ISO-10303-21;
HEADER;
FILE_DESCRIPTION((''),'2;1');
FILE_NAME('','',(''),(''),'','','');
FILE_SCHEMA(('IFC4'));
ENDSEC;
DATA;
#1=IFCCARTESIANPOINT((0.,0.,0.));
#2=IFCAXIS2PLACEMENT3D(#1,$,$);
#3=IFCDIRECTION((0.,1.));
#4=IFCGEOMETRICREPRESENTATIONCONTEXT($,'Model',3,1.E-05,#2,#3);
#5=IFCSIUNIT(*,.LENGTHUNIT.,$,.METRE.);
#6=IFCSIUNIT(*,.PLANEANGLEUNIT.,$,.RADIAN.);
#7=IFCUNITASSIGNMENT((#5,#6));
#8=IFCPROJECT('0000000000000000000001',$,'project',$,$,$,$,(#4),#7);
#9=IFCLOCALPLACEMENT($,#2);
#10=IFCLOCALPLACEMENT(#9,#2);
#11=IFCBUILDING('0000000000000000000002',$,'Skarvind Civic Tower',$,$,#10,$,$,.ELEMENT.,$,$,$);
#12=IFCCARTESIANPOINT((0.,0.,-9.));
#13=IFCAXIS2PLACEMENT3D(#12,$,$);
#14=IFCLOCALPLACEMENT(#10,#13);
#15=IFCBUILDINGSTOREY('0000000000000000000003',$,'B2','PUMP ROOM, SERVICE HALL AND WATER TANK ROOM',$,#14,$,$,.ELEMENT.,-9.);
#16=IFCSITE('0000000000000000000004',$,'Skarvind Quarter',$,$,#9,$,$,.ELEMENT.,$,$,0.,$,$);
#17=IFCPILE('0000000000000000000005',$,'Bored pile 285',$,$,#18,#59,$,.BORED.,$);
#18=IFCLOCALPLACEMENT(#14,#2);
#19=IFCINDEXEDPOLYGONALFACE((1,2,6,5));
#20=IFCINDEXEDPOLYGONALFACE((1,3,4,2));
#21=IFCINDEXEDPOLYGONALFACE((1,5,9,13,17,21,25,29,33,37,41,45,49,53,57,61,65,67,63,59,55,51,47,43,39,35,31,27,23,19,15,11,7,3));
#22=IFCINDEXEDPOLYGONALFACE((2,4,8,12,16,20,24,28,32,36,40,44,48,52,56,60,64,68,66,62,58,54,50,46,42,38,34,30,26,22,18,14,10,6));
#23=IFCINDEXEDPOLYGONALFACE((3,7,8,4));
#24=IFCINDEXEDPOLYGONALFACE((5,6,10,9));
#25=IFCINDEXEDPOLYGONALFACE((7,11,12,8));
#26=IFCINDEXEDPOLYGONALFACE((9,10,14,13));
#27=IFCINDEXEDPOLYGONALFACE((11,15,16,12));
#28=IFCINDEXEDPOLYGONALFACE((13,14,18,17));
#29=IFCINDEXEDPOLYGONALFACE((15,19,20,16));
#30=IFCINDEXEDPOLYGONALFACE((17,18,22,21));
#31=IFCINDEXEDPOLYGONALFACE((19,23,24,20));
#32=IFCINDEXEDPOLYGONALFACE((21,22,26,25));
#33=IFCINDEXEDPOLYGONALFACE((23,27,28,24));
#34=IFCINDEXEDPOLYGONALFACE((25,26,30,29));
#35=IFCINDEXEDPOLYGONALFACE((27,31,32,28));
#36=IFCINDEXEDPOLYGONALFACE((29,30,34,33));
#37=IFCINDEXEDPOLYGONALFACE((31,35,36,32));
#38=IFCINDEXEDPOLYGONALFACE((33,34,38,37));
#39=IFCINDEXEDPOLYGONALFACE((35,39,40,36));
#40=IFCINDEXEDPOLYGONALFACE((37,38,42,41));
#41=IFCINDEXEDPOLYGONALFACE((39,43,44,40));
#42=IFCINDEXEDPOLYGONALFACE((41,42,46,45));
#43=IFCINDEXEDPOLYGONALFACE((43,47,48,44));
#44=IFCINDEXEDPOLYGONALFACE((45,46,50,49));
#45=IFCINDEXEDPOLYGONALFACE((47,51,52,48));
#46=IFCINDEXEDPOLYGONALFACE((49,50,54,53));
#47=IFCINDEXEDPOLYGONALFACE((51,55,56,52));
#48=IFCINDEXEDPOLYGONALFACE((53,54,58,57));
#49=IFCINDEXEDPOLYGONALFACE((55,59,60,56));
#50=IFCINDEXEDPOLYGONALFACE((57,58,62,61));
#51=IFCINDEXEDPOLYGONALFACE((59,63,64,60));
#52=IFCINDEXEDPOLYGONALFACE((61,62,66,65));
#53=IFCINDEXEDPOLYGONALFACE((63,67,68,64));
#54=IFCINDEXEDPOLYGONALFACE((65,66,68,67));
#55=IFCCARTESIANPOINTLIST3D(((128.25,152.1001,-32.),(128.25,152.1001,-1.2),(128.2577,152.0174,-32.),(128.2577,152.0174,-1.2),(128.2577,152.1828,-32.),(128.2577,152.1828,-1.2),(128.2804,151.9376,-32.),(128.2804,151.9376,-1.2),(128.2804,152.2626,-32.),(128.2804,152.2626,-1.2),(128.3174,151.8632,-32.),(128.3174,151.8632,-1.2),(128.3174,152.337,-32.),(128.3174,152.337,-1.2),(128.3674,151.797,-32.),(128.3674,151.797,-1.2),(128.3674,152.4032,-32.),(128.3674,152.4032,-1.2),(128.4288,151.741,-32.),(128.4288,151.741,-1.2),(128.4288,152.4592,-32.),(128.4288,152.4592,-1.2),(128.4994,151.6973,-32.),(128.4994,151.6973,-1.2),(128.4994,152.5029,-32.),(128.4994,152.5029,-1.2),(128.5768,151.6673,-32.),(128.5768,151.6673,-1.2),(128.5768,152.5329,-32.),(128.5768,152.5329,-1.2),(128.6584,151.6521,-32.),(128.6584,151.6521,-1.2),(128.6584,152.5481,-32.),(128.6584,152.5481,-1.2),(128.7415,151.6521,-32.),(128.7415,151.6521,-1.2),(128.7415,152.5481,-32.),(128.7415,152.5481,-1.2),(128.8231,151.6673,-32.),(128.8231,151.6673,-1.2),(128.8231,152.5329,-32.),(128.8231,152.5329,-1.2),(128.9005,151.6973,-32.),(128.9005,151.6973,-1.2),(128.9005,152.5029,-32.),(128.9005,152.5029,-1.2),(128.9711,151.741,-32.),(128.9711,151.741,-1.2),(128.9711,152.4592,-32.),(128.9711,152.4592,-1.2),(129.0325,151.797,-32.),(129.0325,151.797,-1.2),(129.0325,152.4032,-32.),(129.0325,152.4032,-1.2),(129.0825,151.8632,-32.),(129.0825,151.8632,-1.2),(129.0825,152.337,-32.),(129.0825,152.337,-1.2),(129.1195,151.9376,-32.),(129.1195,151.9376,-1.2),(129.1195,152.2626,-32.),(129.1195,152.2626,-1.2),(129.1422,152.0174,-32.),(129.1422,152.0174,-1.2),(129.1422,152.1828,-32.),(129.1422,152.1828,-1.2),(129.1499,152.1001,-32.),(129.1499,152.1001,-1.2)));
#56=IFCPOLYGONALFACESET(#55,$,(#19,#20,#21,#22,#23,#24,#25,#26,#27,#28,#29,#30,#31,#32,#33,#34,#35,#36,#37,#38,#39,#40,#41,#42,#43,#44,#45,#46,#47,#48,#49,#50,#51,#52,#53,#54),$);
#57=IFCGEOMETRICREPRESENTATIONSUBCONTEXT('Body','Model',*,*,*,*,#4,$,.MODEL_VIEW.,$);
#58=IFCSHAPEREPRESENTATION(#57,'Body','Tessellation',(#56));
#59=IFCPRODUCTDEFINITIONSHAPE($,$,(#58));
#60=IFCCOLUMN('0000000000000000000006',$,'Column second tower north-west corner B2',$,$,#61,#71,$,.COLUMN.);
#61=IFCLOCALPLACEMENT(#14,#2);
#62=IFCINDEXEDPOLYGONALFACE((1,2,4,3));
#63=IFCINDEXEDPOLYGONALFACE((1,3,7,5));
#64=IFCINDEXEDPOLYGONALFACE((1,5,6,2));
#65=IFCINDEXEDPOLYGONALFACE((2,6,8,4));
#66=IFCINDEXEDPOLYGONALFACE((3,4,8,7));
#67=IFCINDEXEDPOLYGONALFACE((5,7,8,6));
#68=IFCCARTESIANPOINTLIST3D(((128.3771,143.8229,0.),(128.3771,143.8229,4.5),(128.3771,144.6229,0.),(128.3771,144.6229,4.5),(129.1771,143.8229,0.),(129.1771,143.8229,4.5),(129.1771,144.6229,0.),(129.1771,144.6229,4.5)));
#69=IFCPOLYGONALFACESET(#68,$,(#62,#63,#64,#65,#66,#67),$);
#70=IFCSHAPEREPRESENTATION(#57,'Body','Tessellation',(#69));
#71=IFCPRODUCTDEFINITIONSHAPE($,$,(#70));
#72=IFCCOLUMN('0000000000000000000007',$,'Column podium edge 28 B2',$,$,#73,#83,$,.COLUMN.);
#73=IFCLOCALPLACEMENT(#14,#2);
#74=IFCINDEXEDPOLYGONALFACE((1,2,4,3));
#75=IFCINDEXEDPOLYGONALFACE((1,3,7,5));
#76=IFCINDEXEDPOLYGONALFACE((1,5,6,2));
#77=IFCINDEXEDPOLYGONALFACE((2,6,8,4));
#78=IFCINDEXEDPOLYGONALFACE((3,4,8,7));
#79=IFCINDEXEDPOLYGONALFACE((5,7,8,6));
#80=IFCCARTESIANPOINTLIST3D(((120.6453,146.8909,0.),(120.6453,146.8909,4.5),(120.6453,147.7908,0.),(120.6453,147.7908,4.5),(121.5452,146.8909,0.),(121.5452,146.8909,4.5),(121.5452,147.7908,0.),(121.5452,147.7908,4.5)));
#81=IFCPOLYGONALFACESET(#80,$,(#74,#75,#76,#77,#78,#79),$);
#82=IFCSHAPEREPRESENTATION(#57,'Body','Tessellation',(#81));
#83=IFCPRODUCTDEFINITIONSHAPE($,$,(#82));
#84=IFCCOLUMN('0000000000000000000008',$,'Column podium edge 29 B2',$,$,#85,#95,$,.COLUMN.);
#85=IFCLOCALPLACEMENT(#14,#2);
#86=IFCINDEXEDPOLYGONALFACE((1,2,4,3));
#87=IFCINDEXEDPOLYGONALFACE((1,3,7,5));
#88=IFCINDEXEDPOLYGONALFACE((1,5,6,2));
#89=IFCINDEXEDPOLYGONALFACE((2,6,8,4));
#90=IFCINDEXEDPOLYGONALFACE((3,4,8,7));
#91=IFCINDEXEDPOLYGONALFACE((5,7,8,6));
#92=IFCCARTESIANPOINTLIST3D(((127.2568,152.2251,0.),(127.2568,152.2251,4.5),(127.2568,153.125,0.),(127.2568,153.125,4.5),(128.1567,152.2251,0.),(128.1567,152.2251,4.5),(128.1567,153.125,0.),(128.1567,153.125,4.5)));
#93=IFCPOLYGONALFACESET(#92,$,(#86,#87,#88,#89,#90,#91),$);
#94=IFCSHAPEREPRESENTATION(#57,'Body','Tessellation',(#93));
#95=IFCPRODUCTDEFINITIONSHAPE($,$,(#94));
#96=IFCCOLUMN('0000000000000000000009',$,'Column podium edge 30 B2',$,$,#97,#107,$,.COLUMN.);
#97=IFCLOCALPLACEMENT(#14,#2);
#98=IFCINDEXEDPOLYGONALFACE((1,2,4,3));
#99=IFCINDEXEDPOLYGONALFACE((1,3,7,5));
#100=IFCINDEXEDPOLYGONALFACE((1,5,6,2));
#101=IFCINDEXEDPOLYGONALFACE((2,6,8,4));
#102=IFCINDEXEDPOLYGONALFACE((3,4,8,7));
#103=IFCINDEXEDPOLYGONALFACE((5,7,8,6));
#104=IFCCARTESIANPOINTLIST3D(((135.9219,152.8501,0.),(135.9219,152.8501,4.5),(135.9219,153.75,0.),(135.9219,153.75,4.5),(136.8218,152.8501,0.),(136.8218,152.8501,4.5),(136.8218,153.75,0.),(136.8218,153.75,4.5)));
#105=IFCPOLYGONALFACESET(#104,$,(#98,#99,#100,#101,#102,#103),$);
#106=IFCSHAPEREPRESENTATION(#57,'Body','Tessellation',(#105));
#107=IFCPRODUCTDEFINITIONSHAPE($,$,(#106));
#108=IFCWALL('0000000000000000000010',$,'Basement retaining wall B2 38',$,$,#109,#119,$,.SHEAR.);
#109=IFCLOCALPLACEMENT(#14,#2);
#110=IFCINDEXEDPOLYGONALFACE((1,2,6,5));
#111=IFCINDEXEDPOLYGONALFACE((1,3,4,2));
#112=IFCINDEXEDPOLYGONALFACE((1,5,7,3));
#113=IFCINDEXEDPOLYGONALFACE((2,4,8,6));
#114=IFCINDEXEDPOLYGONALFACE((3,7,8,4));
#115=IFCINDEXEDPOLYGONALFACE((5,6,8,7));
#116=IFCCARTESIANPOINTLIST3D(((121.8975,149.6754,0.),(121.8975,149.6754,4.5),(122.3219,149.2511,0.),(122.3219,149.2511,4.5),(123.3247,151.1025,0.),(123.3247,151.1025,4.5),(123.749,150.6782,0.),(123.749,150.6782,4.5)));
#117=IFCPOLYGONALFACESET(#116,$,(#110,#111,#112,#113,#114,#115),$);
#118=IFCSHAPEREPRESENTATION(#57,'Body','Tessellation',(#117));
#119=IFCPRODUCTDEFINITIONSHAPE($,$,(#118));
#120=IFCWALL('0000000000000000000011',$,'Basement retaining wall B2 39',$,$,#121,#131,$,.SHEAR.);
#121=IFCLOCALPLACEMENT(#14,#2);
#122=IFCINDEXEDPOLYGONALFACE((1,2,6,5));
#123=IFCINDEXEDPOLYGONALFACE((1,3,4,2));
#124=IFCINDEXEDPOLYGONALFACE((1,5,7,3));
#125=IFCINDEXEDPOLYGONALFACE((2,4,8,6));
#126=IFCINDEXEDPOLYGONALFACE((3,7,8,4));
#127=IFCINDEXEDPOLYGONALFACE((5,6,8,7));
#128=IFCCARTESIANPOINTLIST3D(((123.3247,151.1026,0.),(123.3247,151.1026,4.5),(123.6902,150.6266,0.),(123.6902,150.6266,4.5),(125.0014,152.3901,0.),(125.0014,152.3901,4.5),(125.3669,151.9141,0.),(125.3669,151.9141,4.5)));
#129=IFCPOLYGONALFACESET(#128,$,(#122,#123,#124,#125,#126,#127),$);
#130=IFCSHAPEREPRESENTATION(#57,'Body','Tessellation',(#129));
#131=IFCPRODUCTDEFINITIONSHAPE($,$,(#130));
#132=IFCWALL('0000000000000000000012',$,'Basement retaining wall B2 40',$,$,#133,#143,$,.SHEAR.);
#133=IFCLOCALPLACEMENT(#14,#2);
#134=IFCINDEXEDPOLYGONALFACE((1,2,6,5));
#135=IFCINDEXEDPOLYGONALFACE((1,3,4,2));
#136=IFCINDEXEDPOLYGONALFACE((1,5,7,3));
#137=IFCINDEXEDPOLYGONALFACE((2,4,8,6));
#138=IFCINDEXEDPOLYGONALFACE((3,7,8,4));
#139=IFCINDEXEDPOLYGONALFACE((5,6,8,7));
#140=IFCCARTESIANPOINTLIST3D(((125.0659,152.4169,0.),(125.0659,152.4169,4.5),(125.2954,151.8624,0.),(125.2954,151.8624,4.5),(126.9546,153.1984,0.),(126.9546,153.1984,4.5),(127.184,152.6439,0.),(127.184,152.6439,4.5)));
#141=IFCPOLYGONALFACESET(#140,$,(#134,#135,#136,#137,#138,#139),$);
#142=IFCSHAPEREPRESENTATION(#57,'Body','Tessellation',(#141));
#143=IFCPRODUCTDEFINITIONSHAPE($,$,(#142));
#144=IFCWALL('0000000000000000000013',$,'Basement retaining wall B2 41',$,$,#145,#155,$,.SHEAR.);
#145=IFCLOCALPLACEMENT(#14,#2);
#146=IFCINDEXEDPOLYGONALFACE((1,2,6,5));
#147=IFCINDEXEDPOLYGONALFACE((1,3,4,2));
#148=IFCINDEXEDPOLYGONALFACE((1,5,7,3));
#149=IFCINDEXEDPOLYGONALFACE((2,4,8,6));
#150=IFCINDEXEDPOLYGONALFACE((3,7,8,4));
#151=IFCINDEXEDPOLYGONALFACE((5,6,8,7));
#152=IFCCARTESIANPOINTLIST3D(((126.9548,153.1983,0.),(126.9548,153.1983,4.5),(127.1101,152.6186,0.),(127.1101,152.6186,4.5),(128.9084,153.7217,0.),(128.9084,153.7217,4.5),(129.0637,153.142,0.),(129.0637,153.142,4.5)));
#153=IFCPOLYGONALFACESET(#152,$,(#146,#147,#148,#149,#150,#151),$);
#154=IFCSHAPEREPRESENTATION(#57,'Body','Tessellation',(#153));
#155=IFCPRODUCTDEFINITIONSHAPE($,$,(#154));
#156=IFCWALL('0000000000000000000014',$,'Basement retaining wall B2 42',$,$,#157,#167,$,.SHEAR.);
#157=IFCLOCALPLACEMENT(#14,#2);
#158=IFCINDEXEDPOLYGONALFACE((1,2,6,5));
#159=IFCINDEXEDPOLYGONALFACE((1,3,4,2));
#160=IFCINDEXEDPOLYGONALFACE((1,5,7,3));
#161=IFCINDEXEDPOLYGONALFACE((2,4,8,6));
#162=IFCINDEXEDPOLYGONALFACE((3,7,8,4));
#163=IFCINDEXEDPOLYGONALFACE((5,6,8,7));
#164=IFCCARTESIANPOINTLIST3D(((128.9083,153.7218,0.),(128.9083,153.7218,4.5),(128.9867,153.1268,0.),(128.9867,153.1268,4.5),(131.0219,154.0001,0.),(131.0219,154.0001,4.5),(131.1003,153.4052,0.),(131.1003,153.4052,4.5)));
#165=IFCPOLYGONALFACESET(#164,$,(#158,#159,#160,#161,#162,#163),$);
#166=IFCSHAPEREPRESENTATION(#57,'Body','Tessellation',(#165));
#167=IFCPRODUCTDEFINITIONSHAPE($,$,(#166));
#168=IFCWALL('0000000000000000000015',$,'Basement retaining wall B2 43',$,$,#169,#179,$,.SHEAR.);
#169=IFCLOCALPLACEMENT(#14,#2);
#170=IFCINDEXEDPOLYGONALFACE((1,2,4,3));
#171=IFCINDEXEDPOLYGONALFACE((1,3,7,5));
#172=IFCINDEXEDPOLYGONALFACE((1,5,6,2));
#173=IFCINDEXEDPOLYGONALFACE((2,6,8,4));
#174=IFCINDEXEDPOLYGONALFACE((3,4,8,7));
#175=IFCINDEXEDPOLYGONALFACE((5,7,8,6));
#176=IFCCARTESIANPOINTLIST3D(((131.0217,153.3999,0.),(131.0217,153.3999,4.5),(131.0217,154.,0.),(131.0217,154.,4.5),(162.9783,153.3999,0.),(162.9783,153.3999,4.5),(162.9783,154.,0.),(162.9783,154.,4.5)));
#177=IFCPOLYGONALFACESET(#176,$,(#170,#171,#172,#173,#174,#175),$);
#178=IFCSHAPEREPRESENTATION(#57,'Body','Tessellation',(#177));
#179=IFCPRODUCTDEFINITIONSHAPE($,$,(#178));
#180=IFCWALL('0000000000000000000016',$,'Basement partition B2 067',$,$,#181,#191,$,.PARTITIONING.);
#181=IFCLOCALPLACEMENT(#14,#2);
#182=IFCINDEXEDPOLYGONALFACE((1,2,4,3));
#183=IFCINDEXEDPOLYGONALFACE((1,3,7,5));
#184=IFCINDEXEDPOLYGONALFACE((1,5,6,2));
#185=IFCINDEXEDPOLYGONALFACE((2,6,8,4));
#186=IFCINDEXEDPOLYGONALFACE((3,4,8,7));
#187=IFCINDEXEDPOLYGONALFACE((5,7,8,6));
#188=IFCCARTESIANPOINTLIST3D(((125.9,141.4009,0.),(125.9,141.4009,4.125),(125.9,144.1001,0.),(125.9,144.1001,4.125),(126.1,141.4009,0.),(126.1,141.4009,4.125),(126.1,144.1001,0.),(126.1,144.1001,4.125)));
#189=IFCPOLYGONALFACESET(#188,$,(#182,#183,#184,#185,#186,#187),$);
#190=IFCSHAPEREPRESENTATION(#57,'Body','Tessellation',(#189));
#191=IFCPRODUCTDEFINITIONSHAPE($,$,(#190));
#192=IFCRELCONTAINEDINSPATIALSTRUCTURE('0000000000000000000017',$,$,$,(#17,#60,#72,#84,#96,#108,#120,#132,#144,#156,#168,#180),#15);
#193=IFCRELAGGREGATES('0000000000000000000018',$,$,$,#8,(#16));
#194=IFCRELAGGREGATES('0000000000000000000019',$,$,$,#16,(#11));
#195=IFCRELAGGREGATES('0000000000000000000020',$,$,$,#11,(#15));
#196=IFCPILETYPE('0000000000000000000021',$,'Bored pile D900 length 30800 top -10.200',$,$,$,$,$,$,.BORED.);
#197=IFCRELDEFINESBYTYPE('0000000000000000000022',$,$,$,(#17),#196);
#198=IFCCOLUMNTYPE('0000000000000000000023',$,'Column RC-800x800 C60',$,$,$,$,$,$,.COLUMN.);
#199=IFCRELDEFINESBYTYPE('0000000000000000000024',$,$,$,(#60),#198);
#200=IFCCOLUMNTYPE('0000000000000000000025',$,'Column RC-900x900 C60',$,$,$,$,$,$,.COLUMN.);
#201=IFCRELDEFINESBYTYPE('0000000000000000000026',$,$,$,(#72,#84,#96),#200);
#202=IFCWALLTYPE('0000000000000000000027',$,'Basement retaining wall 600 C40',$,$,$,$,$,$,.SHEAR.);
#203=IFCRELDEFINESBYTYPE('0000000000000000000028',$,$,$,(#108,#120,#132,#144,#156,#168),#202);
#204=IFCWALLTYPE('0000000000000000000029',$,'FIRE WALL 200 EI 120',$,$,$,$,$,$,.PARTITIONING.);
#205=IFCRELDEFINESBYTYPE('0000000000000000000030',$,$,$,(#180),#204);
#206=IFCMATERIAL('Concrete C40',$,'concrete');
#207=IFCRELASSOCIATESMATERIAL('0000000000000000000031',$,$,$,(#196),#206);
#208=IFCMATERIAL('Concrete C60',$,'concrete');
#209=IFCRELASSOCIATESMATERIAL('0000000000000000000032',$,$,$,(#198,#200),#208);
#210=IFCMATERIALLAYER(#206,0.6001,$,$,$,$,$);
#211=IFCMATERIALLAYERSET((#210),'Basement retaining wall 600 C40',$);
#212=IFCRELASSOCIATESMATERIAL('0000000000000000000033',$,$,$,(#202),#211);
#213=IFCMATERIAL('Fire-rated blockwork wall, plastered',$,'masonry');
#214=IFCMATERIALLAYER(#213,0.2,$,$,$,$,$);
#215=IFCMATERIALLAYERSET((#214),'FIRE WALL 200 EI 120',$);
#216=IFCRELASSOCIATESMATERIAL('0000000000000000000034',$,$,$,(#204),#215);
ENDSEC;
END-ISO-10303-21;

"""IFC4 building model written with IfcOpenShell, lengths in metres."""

from ifc_helpers import new_model, si_unit, direction, frame, frame_2d, origin, origin_2d, place, context, subcontext, project, spatial, rectangle, circle, extrude, material, layer, layer_set, material_profile, profile_set, type_object, element, save


model = new_model("IFC4")

# Units and contexts
model_context = context("Model", 3, precision=1e-05, world=origin(), true_north=direction((0.0, 1.0)))
body_context = subcontext(model_context, "Body", "Model", "MODEL_VIEW")
ifc_project = project(units=[si_unit("LENGTHUNIT", "METRE"), si_unit("PLANEANGLEUNIT", "RADIAN")], contexts=[model_context])

# Site, building, storey
site_placement = place(None, origin())
site = spatial("IfcSite", under=ifc_project, at=site_placement, Name="Skarvind Quarter", CompositionType="ELEMENT", RefElevation=0.0)
building_placement = place(site_placement, origin())
building = spatial("IfcBuilding", under=site, at=building_placement, Name="Skarvind Civic Tower", CompositionType="ELEMENT")
storey_placement = place(building_placement, frame((0.0, 0.0, -9.0)))
storey = spatial("IfcBuildingStorey", under=building, at=storey_placement, Name="B2", Description="PUMP ROOM, SERVICE HALL AND WATER TANK ROOM", CompositionType="ELEMENT", Elevation=-9.0)

# Pile
ifc_material_1 = material(Name="Concrete C40", Category="concrete")
pile_type_1 = type_object("IfcPileType", Name="Bored pile D900 length 30800 top -10.200", PredefinedType="BORED", material=ifc_material_1)
for number, where, z_axis, x_axis, name in (
    (1, (128.7, 152.1001, -1.2), (0.0, 0.0, -1.0), (1.0, 0.0, 0.0), "Bored pile 285"),
):
    element("IfcPile", number, at=place(storey_placement, frame(where, z_axis=z_axis, x_axis=x_axis)), inside=storey, type_object=pile_type_1, Name=name, PredefinedType="BORED", context=body_context, shape_type="SweptSolid", body=[
        extrude(circle(Radius=0.45, at=origin_2d()), origin(), (0.0, 0.0, 1.0), 30.8),
    ])

# Columns
ifc_material_2 = material(Name="Concrete C60", Category="concrete")
ifc_material_profile_1 = material_profile(ifc_material_2, rectangle(XDim=0.8, YDim=0.8, at=origin_2d()), Name="RC-800x800")
ifc_profile_set_1 = profile_set([ifc_material_profile_1], Name="Concrete C60")
column_type_1 = type_object("IfcColumnType", Name="Column RC-800x800 C60", PredefinedType="COLUMN", material=ifc_profile_set_1)
column_placement = place(storey_placement, frame((128.7771, 144.2229, 0.0), z_axis=(0.0, 0.0, 1.0), x_axis=(1.0, 0.0, 0.0)))
element("IfcColumn", 2, at=column_placement, inside=storey, type_object=column_type_1, Name="Column second tower north-west corner B2", PredefinedType="COLUMN", context=body_context, shape_type="SweptSolid", body=[
    extrude(rectangle(XDim=0.8, YDim=0.8, at=origin_2d()), origin(), (0.0, 0.0, 1.0), 4.5),
])
ifc_material_profile_2 = material_profile(ifc_material_2, rectangle(XDim=0.8999, YDim=0.8999, at=origin_2d()), Name="RC-900x900")
ifc_profile_set_2 = profile_set([ifc_material_profile_2], Name="Concrete C60")
column_type_2 = type_object("IfcColumnType", Name="Column RC-900x900 C60", PredefinedType="COLUMN", material=ifc_profile_set_2)
for number, where, z_axis, x_axis, name in (
    (3, (121.0952, 147.3408, 0.0), (0.0, 0.0, 1.0), (1.0, 0.0, 0.0), "Column podium edge 28 B2"),
    (4, (127.7068, 152.675, 0.0), (0.0, 0.0, 1.0), (1.0, 0.0, 0.0), "Column podium edge 29 B2"),
    (5, (136.3718, 153.3, 0.0), (0.0, 0.0, 1.0), (1.0, 0.0, 0.0), "Column podium edge 30 B2"),
):
    element("IfcColumn", number, at=place(storey_placement, frame(where, z_axis=z_axis, x_axis=x_axis)), inside=storey, type_object=column_type_2, Name=name, PredefinedType="COLUMN", context=body_context, shape_type="SweptSolid", body=[
        extrude(rectangle(XDim=0.8999, YDim=0.8999, at=origin_2d()), origin(), (0.0, 0.0, 1.0), 4.5),
    ])

# Walls
ifc_layer_1 = layer(ifc_material_1, 0.6001)
ifc_layer_set_1 = layer_set([ifc_layer_1], Name="Basement retaining wall 600 C40")
wall_type_1 = type_object("IfcWallType", Name="Basement retaining wall 600 C40", PredefinedType="SHEAR", material=ifc_layer_set_1)
wall_1_placement = place(storey_placement, frame((122.1096, 149.4631, 0.0), z_axis=(0.0, 0.0, 1.0), x_axis=(0.707107, 0.707107, 0.0)))
element("IfcWall", 6, at=wall_1_placement, inside=storey, type_object=wall_type_1, Name="Basement retaining wall B2 38", PredefinedType="SHEAR", context=body_context, shape_type="SweptSolid", body=[
    extrude(rectangle(XDim=2.0183, YDim=0.6001, at=frame_2d((1.0093, 0.0))), origin(), (0.0, 0.0, 1.0), 4.5),
])
wall_2_placement = place(storey_placement, frame((123.5073, 150.8645, 0.0), z_axis=(0.0, 0.0, 1.0), x_axis=(0.79313, 0.609052, 0.0)))
element("IfcWall", 7, at=wall_2_placement, inside=storey, type_object=wall_type_1, Name="Basement retaining wall B2 39", PredefinedType="SHEAR", context=body_context, shape_type="SweptSolid", body=[
    extrude(rectangle(XDim=2.114, YDim=0.6001, at=frame_2d((1.0571, 0.0))), origin(), (0.0, 0.0, 1.0), 4.5),
])
wall_3_placement = place(storey_placement, frame((125.1807, 152.1396, 0.0), z_axis=(0.0, 0.0, 1.0), x_axis=(0.924021, 0.382341, 0.0)))
element("IfcWall", 8, at=wall_3_placement, inside=storey, type_object=wall_type_1, Name="Basement retaining wall B2 40", PredefinedType="SHEAR", context=body_context, shape_type="SweptSolid", body=[
    extrude(rectangle(XDim=2.0439, YDim=0.6001, at=frame_2d((1.022, 0.0))), origin(), (0.0, 0.0, 1.0), 4.5),
])
wall_4_placement = place(storey_placement, frame((127.0325, 152.9084, 0.0), z_axis=(0.0, 0.0, 1.0), x_axis=(0.96593, 0.258804, 0.0)))
element("IfcWall", 9, at=wall_4_placement, inside=storey, type_object=wall_type_1, Name="Basement retaining wall B2 41", PredefinedType="SHEAR", context=body_context, shape_type="SweptSolid", body=[
    extrude(rectangle(XDim=2.0225, YDim=0.6001, at=frame_2d((1.0112, 0.0))), origin(), (0.0, 0.0, 1.0), 4.5),
])
wall_5_placement = place(storey_placement, frame((128.9475, 153.4243, 0.0), z_axis=(0.0, 0.0, 1.0), x_axis=(0.991441, 0.130558, 0.0)))
element("IfcWall", 10, at=wall_5_placement, inside=storey, type_object=wall_type_1, Name="Basement retaining wall B2 42", PredefinedType="SHEAR", context=body_context, shape_type="SweptSolid", body=[
    extrude(rectangle(XDim=2.1318, YDim=0.6001, at=frame_2d((1.0659, 0.0))), origin(), (0.0, 0.0, 1.0), 4.5),
])
wall_6_placement = place(storey_placement, frame((131.0217, 153.7, 0.0), z_axis=(0.0, 0.0, 1.0), x_axis=(1.0, 0.0, 0.0)))
element("IfcWall", 11, at=wall_6_placement, inside=storey, type_object=wall_type_1, Name="Basement retaining wall B2 43", PredefinedType="SHEAR", context=body_context, shape_type="SweptSolid", body=[
    extrude(rectangle(XDim=31.9565, YDim=0.6001, at=frame_2d((15.9783, 0.0))), origin(), (0.0, 0.0, 1.0), 4.5),
])
ifc_material_3 = material(Name="Fire-rated blockwork wall, plastered", Category="masonry")
ifc_layer_2 = layer(ifc_material_3, 0.2)
ifc_layer_set_2 = layer_set([ifc_layer_2], Name="FIRE WALL 200 EI 120")
wall_type_2 = type_object("IfcWallType", Name="FIRE WALL 200 EI 120", PredefinedType="PARTITIONING", material=ifc_layer_set_2)
wall_7_placement = place(storey_placement, frame((126.0, 141.4009, 0.0), z_axis=(0.0, 0.0, 1.0), x_axis=(0.0, 1.0, 0.0)))
element("IfcWall", 12, at=wall_7_placement, inside=storey, type_object=wall_type_2, Name="Basement partition B2 067", PredefinedType="PARTITIONING", context=body_context, shape_type="SweptSolid", body=[
    extrude(rectangle(XDim=2.6992, YDim=0.2, at=frame_2d((1.3496, 0.0))), origin(), (0.0, 0.0, 1.0), 4.125),
])

save(model, "model.ifc")
